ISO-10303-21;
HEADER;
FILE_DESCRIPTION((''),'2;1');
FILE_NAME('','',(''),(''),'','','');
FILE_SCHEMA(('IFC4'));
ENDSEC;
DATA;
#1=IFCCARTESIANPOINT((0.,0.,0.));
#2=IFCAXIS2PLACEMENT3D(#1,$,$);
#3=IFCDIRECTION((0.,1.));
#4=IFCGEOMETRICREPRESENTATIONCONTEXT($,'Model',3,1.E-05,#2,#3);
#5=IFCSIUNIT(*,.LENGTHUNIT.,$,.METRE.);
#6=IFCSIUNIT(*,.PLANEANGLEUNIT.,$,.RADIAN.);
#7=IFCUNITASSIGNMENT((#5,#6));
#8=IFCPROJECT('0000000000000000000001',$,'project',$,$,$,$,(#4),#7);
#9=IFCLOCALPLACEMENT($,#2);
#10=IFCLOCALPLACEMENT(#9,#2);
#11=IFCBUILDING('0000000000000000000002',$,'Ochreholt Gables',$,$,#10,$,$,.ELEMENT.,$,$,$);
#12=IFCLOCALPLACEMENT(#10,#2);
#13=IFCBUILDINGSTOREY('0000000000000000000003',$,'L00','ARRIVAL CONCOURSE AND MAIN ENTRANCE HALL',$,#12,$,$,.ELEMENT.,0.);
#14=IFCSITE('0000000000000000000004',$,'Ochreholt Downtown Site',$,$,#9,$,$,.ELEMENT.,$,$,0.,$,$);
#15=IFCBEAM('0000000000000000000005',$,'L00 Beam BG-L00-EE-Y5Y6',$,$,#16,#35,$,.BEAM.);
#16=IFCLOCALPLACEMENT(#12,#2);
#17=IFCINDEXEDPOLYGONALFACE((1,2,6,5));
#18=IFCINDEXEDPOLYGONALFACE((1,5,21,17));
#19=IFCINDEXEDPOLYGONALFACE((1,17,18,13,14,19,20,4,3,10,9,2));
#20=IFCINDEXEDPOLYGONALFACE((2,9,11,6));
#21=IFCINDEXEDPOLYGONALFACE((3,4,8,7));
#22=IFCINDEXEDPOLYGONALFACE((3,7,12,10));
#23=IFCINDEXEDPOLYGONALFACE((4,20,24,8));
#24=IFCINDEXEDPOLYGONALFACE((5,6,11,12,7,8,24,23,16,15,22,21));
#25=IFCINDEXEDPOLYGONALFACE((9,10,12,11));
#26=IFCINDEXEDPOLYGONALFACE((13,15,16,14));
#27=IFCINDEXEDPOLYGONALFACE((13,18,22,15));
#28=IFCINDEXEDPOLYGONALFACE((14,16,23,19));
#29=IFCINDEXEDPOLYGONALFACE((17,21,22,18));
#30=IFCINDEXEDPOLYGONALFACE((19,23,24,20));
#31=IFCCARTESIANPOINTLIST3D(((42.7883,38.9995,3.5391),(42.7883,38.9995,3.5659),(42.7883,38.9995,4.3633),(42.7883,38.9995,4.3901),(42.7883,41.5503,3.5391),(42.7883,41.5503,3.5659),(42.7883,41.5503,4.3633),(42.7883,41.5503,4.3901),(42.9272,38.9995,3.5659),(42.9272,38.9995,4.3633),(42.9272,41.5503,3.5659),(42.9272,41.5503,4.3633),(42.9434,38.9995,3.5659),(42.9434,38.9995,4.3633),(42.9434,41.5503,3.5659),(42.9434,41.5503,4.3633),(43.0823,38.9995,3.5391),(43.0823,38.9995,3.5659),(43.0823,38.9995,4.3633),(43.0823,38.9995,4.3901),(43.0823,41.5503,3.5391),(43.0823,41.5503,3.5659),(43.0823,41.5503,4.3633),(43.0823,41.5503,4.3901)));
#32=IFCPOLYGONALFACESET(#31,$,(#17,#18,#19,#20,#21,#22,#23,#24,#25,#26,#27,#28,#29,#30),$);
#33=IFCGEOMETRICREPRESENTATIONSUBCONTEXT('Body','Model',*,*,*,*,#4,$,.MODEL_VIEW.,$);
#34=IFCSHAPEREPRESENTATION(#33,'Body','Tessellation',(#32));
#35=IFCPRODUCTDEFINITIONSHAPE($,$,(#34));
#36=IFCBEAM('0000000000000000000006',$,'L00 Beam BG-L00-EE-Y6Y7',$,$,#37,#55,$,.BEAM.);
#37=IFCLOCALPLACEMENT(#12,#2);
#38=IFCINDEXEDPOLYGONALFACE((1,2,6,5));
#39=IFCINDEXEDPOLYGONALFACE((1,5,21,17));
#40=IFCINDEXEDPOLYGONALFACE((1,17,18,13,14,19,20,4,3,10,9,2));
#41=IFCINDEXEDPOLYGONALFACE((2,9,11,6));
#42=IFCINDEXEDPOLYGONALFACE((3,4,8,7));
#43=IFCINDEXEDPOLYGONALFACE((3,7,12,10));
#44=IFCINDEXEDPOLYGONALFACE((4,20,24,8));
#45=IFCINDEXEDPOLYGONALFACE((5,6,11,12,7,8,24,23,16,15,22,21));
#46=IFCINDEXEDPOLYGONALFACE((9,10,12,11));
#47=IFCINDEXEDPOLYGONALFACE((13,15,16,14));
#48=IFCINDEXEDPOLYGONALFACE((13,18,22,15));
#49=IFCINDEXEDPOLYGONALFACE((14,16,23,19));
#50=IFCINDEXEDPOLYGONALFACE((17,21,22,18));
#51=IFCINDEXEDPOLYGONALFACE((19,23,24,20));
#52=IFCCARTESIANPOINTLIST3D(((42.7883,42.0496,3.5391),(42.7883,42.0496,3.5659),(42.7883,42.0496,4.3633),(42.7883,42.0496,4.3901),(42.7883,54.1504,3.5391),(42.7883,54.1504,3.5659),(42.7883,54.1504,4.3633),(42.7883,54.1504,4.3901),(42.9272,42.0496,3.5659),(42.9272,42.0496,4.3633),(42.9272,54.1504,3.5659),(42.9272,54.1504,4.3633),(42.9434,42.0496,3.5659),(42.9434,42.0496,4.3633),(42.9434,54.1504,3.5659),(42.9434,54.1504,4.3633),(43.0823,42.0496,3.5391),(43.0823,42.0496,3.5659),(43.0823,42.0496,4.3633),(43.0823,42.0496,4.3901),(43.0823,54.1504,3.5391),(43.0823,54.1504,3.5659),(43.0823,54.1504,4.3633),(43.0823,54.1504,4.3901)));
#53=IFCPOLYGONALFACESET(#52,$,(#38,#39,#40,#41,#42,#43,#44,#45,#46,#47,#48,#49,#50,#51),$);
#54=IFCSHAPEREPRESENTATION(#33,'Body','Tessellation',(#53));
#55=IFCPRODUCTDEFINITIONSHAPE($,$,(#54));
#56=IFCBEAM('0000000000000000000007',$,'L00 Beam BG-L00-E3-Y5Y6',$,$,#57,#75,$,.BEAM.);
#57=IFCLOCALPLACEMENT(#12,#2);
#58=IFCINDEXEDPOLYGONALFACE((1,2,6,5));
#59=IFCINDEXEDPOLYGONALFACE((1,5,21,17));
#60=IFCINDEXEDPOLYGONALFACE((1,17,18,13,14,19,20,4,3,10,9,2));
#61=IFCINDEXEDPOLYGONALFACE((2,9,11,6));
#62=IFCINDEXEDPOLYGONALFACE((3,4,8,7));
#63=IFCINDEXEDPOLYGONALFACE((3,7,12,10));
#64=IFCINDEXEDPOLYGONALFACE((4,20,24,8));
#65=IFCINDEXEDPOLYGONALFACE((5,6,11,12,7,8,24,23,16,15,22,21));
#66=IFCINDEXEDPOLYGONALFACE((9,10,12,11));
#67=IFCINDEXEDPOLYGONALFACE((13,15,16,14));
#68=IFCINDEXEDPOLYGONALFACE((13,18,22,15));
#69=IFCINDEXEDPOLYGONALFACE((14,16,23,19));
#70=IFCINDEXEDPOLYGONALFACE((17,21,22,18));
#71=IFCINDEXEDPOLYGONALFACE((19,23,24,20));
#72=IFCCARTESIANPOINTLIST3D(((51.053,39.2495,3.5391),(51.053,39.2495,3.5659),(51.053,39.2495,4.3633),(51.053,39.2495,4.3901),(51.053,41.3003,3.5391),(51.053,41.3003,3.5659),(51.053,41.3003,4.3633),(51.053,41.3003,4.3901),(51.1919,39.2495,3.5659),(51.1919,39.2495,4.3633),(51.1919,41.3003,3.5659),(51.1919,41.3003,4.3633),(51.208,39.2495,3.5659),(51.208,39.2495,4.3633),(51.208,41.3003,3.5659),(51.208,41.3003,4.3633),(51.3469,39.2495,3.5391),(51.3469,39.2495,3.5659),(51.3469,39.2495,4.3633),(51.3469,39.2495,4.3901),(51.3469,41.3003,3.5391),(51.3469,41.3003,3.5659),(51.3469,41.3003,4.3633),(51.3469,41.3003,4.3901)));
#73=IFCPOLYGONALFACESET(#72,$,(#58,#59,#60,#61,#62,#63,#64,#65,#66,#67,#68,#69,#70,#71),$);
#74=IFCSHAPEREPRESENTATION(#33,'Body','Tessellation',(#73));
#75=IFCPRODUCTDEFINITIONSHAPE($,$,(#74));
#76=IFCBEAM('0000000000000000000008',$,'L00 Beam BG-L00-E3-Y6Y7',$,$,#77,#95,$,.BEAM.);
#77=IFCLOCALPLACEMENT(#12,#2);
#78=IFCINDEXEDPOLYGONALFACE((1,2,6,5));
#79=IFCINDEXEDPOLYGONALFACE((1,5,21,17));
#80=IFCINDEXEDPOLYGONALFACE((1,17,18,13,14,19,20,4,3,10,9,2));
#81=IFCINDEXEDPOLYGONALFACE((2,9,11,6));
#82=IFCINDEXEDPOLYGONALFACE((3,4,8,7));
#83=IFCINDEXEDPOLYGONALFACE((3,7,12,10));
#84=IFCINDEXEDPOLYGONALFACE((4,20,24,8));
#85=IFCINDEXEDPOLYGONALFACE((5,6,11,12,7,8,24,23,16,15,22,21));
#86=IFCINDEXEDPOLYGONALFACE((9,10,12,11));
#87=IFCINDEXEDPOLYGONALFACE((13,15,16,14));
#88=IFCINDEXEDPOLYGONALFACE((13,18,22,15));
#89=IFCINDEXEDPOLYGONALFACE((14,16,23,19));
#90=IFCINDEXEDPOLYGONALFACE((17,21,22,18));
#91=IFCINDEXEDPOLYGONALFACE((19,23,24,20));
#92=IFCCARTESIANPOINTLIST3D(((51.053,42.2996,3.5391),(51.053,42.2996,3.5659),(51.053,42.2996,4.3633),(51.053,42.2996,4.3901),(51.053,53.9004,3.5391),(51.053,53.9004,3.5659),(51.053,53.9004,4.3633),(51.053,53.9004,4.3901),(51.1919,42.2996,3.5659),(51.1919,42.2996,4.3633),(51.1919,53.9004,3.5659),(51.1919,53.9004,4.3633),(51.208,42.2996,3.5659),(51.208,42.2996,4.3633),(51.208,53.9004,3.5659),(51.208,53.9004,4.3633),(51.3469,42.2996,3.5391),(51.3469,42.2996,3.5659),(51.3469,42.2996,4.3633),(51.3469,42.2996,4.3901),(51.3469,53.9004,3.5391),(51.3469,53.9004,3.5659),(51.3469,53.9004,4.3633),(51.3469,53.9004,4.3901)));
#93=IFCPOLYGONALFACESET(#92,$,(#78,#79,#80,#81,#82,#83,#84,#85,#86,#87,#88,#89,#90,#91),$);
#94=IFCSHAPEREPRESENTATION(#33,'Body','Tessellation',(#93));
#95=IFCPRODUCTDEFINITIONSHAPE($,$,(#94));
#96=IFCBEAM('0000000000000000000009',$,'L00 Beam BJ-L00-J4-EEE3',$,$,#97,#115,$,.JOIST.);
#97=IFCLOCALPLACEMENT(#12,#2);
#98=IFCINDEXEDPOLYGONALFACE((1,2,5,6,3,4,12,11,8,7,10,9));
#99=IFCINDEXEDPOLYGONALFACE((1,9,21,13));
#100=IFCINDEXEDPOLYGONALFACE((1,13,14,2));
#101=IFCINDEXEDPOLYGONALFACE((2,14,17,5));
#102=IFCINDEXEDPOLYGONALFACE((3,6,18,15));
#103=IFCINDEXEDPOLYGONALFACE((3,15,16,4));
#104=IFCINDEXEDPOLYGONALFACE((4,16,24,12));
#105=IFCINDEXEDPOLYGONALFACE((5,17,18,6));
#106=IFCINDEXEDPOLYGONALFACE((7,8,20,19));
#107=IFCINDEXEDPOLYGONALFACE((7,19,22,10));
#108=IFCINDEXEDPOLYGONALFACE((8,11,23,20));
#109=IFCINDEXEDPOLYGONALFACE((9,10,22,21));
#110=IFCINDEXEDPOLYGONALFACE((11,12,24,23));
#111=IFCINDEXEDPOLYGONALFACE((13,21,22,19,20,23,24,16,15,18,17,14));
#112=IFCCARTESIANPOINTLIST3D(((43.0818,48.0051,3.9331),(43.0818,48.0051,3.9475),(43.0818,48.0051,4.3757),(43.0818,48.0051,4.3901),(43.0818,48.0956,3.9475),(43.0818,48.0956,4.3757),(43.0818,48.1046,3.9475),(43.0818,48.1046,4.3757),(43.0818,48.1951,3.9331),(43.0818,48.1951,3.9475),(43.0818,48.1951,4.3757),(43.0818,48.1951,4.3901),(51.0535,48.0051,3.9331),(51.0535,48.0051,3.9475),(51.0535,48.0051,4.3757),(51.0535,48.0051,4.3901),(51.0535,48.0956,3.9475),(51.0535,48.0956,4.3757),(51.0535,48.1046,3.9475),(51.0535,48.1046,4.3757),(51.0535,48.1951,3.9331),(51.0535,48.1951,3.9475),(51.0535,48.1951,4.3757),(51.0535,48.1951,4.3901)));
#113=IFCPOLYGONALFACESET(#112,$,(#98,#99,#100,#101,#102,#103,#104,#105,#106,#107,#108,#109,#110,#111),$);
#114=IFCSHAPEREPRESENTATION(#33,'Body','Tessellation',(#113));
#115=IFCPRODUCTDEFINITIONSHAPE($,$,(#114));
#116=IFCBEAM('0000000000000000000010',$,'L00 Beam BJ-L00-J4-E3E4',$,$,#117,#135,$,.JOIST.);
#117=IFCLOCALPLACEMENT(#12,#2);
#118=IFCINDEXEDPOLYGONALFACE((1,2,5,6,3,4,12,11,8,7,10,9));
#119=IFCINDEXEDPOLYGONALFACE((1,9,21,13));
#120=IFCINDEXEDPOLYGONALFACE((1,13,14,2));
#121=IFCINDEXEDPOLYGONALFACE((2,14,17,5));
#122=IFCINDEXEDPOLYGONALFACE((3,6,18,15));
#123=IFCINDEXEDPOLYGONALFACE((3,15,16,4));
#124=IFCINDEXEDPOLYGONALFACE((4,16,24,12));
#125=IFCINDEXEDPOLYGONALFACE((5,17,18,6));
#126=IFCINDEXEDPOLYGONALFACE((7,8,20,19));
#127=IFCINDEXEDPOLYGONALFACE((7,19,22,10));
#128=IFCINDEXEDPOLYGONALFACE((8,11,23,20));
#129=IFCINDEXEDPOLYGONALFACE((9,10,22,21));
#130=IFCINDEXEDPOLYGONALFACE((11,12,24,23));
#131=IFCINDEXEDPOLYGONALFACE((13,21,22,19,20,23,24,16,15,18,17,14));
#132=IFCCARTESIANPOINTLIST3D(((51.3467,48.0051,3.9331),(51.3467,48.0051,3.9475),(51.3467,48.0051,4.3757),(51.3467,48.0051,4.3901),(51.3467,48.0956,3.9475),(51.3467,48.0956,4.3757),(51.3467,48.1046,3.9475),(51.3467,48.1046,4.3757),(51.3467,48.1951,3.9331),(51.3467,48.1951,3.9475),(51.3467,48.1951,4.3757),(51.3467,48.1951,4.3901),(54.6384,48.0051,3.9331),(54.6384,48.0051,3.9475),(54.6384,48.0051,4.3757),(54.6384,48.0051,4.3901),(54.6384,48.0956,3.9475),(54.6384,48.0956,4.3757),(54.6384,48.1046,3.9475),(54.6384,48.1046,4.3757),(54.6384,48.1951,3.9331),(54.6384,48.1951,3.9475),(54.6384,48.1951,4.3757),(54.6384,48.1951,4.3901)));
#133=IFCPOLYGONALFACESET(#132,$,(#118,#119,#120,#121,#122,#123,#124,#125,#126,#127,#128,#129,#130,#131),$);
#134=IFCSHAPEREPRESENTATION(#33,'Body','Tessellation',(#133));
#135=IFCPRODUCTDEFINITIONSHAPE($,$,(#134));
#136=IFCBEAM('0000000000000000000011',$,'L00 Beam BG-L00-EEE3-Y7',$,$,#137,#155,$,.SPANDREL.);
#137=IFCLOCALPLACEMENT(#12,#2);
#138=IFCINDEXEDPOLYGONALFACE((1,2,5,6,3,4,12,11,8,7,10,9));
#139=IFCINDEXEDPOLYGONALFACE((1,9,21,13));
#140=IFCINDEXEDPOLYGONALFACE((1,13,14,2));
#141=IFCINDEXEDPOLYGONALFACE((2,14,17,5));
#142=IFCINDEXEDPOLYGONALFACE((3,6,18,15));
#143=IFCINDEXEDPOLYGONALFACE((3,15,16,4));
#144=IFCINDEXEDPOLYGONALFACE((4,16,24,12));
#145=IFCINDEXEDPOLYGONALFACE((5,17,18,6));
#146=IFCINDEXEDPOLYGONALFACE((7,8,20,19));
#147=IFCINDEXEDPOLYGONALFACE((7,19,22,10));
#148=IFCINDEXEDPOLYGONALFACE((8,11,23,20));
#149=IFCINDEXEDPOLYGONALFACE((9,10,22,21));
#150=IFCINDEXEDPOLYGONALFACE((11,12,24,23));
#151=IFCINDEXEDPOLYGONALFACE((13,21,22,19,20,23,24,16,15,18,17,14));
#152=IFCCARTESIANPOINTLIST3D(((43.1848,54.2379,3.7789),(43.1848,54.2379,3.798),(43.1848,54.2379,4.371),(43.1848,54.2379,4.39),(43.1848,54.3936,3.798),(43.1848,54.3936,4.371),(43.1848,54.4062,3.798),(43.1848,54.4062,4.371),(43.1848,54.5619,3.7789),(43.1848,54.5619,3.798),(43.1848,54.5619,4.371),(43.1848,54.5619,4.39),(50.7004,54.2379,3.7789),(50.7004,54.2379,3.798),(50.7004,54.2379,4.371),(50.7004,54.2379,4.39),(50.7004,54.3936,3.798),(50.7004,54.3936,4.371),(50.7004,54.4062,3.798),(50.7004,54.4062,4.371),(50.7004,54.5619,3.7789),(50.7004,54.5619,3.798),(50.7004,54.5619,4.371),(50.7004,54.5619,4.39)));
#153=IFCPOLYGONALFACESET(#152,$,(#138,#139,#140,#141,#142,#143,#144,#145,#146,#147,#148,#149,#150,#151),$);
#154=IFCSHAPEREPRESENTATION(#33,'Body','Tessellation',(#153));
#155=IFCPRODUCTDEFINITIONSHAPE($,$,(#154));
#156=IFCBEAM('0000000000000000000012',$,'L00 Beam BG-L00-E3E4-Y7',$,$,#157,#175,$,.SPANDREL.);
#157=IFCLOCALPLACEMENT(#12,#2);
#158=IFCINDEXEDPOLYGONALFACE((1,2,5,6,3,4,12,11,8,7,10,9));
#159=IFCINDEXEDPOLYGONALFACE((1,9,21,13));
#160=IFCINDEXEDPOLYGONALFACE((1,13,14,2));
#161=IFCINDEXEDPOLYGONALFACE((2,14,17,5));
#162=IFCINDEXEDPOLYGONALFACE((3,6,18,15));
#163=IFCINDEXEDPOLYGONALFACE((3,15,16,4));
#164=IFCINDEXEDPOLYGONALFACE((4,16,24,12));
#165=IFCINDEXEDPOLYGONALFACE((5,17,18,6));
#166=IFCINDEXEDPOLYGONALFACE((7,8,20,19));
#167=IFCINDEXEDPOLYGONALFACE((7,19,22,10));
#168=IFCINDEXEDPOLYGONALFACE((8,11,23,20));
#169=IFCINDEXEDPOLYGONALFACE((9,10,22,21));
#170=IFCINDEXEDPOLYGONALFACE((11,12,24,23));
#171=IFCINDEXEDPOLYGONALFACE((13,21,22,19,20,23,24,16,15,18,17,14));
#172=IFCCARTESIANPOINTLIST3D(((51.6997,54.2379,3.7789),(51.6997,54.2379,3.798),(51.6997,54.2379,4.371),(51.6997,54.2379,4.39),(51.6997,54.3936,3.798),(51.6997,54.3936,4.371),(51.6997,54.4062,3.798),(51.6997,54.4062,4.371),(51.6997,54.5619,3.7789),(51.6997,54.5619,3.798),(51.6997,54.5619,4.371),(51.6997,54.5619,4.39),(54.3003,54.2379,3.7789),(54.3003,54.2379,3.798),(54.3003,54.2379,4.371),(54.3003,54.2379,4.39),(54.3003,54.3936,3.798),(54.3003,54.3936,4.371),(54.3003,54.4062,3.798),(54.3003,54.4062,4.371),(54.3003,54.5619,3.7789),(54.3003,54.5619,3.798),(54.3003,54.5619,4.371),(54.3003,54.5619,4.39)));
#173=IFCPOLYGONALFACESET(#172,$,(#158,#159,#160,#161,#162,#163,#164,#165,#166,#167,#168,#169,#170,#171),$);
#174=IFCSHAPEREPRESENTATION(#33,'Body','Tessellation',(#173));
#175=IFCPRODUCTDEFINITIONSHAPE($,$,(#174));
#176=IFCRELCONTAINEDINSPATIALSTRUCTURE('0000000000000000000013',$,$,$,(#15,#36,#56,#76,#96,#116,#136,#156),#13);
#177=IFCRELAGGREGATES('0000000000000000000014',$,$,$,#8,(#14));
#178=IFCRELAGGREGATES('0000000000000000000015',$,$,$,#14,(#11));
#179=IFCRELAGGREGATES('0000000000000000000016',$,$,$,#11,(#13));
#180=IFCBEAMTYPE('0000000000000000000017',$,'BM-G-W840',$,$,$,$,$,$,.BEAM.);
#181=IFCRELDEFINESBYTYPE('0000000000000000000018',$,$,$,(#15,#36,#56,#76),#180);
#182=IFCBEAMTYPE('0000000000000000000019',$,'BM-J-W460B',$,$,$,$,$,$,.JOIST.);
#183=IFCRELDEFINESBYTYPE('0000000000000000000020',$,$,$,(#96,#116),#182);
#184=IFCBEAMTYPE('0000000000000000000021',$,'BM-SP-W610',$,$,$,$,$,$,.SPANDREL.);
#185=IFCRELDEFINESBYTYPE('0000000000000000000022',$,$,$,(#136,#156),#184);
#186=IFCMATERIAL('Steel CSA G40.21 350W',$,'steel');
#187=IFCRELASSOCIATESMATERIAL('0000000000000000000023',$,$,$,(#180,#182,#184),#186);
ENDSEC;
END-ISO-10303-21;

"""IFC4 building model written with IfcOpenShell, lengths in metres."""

from ifc_helpers import new_model, si_unit, direction, frame, origin, origin_2d, place, context, subcontext, project, spatial, i_section, extrude, material, material_profile, profile_set, type_object, element, save


model = new_model("IFC4")

# Units and contexts
model_context = context("Model", 3, precision=1e-05, world=origin(), true_north=direction((0.0, 1.0)))
body_context = subcontext(model_context, "Body", "Model", "MODEL_VIEW")
ifc_project = project(units=[si_unit("LENGTHUNIT", "METRE"), si_unit("PLANEANGLEUNIT", "RADIAN")], contexts=[model_context])

# Site, building, storey
site_placement = place(None, origin())
site = spatial("IfcSite", under=ifc_project, at=site_placement, Name="Ochreholt Downtown Site", CompositionType="ELEMENT", RefElevation=0.0)
building_placement = place(site_placement, origin())
building = spatial("IfcBuilding", under=site, at=building_placement, Name="Ochreholt Gables", CompositionType="ELEMENT")
storey_placement = place(building_placement, origin())
storey = spatial("IfcBuildingStorey", under=building, at=storey_placement, Name="L00", Description="ARRIVAL CONCOURSE AND MAIN ENTRANCE HALL", CompositionType="ELEMENT", Elevation=0.0)

# Shared definitions
ifc_material_1 = material(Name="Steel CSA G40.21 350W", Category="steel")

# Beams
ifc_material_profile_1 = material_profile(ifc_material_1, i_section(OverallWidth=0.2939, OverallDepth=0.8511, WebThickness=0.0161, FlangeThickness=0.0269, at=origin_2d()), Name="W840X226")
ifc_profile_set_1 = profile_set([ifc_material_profile_1], Name="Steel CSA G40.21 350W")
beam_type_1 = type_object("IfcBeamType", Name="BM-G-W840", PredefinedType="BEAM", material=ifc_profile_set_1)
beam_1_placement = place(storey_placement, frame((42.9353, 38.9995, 3.9646), z_axis=(0.0, 1.0, 0.0), x_axis=(-1.0, 0.0, 0.0)))
element("IfcBeam", 1, at=beam_1_placement, inside=storey, type_object=beam_type_1, Name="L00 Beam BG-L00-EE-Y5Y6", PredefinedType="BEAM", context=body_context, shape_type="SweptSolid", body=[
    extrude(i_section(OverallWidth=0.2939, OverallDepth=0.8511, WebThickness=0.0161, FlangeThickness=0.0269, at=origin_2d()), origin(), (0.0, 0.0, 1.0), 2.5508),
])
beam_2_placement = place(storey_placement, frame((42.9353, 42.0496, 3.9646), z_axis=(0.0, 1.0, 0.0), x_axis=(-1.0, 0.0, 0.0)))
element("IfcBeam", 2, at=beam_2_placement, inside=storey, type_object=beam_type_1, Name="L00 Beam BG-L00-EE-Y6Y7", PredefinedType="BEAM", context=body_context, shape_type="SweptSolid", body=[
    extrude(i_section(OverallWidth=0.2939, OverallDepth=0.8511, WebThickness=0.0161, FlangeThickness=0.0269, at=origin_2d()), origin(), (0.0, 0.0, 1.0), 12.1008),
])
beam_3_placement = place(storey_placement, frame((51.2, 39.2495, 3.9646), z_axis=(0.0, 1.0, 0.0), x_axis=(-1.0, 0.0, 0.0)))
element("IfcBeam", 3, at=beam_3_placement, inside=storey, type_object=beam_type_1, Name="L00 Beam BG-L00-E3-Y5Y6", PredefinedType="BEAM", context=body_context, shape_type="SweptSolid", body=[
    extrude(i_section(OverallWidth=0.2939, OverallDepth=0.8511, WebThickness=0.0161, FlangeThickness=0.0269, at=origin_2d()), origin(), (0.0, 0.0, 1.0), 2.0508),
])
beam_4_placement = place(storey_placement, frame((51.2, 42.2996, 3.9646), z_axis=(0.0, 1.0, 0.0), x_axis=(-1.0, 0.0, 0.0)))
element("IfcBeam", 4, at=beam_4_placement, inside=storey, type_object=beam_type_1, Name="L00 Beam BG-L00-E3-Y6Y7", PredefinedType="BEAM", context=body_context, shape_type="SweptSolid", body=[
    extrude(i_section(OverallWidth=0.2939, OverallDepth=0.8511, WebThickness=0.0161, FlangeThickness=0.0269, at=origin_2d()), origin(), (0.0, 0.0, 1.0), 11.6008),
])
ifc_material_profile_2 = material_profile(ifc_material_1, i_section(OverallWidth=0.1899, OverallDepth=0.457, WebThickness=0.009, FlangeThickness=0.0144, at=origin_2d()), Name="W460X74")
ifc_profile_set_2 = profile_set([ifc_material_profile_2], Name="Steel CSA G40.21 350W")
beam_type_2 = type_object("IfcBeamType", Name="BM-J-W460B", PredefinedType="JOIST", material=ifc_profile_set_2)
beam_5_placement = place(storey_placement, frame((43.0818, 48.1001, 4.1616), z_axis=(1.0, 0.0, 0.0), x_axis=(0.0, 1.0, 0.0)))
element("IfcBeam", 5, at=beam_5_placement, inside=storey, type_object=beam_type_2, Name="L00 Beam BJ-L00-J4-EEE3", PredefinedType="JOIST", context=body_context, shape_type="SweptSolid", body=[
    extrude(i_section(OverallWidth=0.1899, OverallDepth=0.457, WebThickness=0.009, FlangeThickness=0.0144, at=origin_2d()), origin(), (0.0, 0.0, 1.0), 7.9717),
])
beam_6_placement = place(storey_placement, frame((51.3467, 48.1001, 4.1616), z_axis=(1.0, 0.0, 0.0), x_axis=(0.0, 1.0, 0.0)))
element("IfcBeam", 6, at=beam_6_placement, inside=storey, type_object=beam_type_2, Name="L00 Beam BJ-L00-J4-E3E4", PredefinedType="JOIST", context=body_context, shape_type="SweptSolid", body=[
    extrude(i_section(OverallWidth=0.1899, OverallDepth=0.457, WebThickness=0.009, FlangeThickness=0.0144, at=origin_2d()), origin(), (0.0, 0.0, 1.0), 3.2917),
])
ifc_material_profile_3 = material_profile(ifc_material_1, i_section(OverallWidth=0.324, OverallDepth=0.6111, WebThickness=0.0127, FlangeThickness=0.019, at=origin_2d()), Name="W610X155")
ifc_profile_set_3 = profile_set([ifc_material_profile_3], Name="Steel CSA G40.21 350W")
beam_type_3 = type_object("IfcBeamType", Name="BM-SP-W610", PredefinedType="SPANDREL", material=ifc_profile_set_3)
beam_7_placement = place(storey_placement, frame((43.1848, 54.3999, 4.0845), z_axis=(1.0, 0.0, 0.0), x_axis=(0.0, 1.0, 0.0)))
element("IfcBeam", 7, at=beam_7_placement, inside=storey, type_object=beam_type_3, Name="L00 Beam BG-L00-EEE3-Y7", PredefinedType="SPANDREL", context=body_context, shape_type="SweptSolid", body=[
    extrude(i_section(OverallWidth=0.324, OverallDepth=0.6111, WebThickness=0.0127, FlangeThickness=0.019, at=origin_2d()), origin(), (0.0, 0.0, 1.0), 7.5156),
])
beam_8_placement = place(storey_placement, frame((51.6997, 54.3999, 4.0845), z_axis=(1.0, 0.0, 0.0), x_axis=(0.0, 1.0, 0.0)))
element("IfcBeam", 8, at=beam_8_placement, inside=storey, type_object=beam_type_3, Name="L00 Beam BG-L00-E3E4-Y7", PredefinedType="SPANDREL", context=body_context, shape_type="SweptSolid", body=[
    extrude(i_section(OverallWidth=0.324, OverallDepth=0.6111, WebThickness=0.0127, FlangeThickness=0.019, at=origin_2d()), origin(), (0.0, 0.0, 1.0), 2.6006),
])

save(model, "model.ifc")
